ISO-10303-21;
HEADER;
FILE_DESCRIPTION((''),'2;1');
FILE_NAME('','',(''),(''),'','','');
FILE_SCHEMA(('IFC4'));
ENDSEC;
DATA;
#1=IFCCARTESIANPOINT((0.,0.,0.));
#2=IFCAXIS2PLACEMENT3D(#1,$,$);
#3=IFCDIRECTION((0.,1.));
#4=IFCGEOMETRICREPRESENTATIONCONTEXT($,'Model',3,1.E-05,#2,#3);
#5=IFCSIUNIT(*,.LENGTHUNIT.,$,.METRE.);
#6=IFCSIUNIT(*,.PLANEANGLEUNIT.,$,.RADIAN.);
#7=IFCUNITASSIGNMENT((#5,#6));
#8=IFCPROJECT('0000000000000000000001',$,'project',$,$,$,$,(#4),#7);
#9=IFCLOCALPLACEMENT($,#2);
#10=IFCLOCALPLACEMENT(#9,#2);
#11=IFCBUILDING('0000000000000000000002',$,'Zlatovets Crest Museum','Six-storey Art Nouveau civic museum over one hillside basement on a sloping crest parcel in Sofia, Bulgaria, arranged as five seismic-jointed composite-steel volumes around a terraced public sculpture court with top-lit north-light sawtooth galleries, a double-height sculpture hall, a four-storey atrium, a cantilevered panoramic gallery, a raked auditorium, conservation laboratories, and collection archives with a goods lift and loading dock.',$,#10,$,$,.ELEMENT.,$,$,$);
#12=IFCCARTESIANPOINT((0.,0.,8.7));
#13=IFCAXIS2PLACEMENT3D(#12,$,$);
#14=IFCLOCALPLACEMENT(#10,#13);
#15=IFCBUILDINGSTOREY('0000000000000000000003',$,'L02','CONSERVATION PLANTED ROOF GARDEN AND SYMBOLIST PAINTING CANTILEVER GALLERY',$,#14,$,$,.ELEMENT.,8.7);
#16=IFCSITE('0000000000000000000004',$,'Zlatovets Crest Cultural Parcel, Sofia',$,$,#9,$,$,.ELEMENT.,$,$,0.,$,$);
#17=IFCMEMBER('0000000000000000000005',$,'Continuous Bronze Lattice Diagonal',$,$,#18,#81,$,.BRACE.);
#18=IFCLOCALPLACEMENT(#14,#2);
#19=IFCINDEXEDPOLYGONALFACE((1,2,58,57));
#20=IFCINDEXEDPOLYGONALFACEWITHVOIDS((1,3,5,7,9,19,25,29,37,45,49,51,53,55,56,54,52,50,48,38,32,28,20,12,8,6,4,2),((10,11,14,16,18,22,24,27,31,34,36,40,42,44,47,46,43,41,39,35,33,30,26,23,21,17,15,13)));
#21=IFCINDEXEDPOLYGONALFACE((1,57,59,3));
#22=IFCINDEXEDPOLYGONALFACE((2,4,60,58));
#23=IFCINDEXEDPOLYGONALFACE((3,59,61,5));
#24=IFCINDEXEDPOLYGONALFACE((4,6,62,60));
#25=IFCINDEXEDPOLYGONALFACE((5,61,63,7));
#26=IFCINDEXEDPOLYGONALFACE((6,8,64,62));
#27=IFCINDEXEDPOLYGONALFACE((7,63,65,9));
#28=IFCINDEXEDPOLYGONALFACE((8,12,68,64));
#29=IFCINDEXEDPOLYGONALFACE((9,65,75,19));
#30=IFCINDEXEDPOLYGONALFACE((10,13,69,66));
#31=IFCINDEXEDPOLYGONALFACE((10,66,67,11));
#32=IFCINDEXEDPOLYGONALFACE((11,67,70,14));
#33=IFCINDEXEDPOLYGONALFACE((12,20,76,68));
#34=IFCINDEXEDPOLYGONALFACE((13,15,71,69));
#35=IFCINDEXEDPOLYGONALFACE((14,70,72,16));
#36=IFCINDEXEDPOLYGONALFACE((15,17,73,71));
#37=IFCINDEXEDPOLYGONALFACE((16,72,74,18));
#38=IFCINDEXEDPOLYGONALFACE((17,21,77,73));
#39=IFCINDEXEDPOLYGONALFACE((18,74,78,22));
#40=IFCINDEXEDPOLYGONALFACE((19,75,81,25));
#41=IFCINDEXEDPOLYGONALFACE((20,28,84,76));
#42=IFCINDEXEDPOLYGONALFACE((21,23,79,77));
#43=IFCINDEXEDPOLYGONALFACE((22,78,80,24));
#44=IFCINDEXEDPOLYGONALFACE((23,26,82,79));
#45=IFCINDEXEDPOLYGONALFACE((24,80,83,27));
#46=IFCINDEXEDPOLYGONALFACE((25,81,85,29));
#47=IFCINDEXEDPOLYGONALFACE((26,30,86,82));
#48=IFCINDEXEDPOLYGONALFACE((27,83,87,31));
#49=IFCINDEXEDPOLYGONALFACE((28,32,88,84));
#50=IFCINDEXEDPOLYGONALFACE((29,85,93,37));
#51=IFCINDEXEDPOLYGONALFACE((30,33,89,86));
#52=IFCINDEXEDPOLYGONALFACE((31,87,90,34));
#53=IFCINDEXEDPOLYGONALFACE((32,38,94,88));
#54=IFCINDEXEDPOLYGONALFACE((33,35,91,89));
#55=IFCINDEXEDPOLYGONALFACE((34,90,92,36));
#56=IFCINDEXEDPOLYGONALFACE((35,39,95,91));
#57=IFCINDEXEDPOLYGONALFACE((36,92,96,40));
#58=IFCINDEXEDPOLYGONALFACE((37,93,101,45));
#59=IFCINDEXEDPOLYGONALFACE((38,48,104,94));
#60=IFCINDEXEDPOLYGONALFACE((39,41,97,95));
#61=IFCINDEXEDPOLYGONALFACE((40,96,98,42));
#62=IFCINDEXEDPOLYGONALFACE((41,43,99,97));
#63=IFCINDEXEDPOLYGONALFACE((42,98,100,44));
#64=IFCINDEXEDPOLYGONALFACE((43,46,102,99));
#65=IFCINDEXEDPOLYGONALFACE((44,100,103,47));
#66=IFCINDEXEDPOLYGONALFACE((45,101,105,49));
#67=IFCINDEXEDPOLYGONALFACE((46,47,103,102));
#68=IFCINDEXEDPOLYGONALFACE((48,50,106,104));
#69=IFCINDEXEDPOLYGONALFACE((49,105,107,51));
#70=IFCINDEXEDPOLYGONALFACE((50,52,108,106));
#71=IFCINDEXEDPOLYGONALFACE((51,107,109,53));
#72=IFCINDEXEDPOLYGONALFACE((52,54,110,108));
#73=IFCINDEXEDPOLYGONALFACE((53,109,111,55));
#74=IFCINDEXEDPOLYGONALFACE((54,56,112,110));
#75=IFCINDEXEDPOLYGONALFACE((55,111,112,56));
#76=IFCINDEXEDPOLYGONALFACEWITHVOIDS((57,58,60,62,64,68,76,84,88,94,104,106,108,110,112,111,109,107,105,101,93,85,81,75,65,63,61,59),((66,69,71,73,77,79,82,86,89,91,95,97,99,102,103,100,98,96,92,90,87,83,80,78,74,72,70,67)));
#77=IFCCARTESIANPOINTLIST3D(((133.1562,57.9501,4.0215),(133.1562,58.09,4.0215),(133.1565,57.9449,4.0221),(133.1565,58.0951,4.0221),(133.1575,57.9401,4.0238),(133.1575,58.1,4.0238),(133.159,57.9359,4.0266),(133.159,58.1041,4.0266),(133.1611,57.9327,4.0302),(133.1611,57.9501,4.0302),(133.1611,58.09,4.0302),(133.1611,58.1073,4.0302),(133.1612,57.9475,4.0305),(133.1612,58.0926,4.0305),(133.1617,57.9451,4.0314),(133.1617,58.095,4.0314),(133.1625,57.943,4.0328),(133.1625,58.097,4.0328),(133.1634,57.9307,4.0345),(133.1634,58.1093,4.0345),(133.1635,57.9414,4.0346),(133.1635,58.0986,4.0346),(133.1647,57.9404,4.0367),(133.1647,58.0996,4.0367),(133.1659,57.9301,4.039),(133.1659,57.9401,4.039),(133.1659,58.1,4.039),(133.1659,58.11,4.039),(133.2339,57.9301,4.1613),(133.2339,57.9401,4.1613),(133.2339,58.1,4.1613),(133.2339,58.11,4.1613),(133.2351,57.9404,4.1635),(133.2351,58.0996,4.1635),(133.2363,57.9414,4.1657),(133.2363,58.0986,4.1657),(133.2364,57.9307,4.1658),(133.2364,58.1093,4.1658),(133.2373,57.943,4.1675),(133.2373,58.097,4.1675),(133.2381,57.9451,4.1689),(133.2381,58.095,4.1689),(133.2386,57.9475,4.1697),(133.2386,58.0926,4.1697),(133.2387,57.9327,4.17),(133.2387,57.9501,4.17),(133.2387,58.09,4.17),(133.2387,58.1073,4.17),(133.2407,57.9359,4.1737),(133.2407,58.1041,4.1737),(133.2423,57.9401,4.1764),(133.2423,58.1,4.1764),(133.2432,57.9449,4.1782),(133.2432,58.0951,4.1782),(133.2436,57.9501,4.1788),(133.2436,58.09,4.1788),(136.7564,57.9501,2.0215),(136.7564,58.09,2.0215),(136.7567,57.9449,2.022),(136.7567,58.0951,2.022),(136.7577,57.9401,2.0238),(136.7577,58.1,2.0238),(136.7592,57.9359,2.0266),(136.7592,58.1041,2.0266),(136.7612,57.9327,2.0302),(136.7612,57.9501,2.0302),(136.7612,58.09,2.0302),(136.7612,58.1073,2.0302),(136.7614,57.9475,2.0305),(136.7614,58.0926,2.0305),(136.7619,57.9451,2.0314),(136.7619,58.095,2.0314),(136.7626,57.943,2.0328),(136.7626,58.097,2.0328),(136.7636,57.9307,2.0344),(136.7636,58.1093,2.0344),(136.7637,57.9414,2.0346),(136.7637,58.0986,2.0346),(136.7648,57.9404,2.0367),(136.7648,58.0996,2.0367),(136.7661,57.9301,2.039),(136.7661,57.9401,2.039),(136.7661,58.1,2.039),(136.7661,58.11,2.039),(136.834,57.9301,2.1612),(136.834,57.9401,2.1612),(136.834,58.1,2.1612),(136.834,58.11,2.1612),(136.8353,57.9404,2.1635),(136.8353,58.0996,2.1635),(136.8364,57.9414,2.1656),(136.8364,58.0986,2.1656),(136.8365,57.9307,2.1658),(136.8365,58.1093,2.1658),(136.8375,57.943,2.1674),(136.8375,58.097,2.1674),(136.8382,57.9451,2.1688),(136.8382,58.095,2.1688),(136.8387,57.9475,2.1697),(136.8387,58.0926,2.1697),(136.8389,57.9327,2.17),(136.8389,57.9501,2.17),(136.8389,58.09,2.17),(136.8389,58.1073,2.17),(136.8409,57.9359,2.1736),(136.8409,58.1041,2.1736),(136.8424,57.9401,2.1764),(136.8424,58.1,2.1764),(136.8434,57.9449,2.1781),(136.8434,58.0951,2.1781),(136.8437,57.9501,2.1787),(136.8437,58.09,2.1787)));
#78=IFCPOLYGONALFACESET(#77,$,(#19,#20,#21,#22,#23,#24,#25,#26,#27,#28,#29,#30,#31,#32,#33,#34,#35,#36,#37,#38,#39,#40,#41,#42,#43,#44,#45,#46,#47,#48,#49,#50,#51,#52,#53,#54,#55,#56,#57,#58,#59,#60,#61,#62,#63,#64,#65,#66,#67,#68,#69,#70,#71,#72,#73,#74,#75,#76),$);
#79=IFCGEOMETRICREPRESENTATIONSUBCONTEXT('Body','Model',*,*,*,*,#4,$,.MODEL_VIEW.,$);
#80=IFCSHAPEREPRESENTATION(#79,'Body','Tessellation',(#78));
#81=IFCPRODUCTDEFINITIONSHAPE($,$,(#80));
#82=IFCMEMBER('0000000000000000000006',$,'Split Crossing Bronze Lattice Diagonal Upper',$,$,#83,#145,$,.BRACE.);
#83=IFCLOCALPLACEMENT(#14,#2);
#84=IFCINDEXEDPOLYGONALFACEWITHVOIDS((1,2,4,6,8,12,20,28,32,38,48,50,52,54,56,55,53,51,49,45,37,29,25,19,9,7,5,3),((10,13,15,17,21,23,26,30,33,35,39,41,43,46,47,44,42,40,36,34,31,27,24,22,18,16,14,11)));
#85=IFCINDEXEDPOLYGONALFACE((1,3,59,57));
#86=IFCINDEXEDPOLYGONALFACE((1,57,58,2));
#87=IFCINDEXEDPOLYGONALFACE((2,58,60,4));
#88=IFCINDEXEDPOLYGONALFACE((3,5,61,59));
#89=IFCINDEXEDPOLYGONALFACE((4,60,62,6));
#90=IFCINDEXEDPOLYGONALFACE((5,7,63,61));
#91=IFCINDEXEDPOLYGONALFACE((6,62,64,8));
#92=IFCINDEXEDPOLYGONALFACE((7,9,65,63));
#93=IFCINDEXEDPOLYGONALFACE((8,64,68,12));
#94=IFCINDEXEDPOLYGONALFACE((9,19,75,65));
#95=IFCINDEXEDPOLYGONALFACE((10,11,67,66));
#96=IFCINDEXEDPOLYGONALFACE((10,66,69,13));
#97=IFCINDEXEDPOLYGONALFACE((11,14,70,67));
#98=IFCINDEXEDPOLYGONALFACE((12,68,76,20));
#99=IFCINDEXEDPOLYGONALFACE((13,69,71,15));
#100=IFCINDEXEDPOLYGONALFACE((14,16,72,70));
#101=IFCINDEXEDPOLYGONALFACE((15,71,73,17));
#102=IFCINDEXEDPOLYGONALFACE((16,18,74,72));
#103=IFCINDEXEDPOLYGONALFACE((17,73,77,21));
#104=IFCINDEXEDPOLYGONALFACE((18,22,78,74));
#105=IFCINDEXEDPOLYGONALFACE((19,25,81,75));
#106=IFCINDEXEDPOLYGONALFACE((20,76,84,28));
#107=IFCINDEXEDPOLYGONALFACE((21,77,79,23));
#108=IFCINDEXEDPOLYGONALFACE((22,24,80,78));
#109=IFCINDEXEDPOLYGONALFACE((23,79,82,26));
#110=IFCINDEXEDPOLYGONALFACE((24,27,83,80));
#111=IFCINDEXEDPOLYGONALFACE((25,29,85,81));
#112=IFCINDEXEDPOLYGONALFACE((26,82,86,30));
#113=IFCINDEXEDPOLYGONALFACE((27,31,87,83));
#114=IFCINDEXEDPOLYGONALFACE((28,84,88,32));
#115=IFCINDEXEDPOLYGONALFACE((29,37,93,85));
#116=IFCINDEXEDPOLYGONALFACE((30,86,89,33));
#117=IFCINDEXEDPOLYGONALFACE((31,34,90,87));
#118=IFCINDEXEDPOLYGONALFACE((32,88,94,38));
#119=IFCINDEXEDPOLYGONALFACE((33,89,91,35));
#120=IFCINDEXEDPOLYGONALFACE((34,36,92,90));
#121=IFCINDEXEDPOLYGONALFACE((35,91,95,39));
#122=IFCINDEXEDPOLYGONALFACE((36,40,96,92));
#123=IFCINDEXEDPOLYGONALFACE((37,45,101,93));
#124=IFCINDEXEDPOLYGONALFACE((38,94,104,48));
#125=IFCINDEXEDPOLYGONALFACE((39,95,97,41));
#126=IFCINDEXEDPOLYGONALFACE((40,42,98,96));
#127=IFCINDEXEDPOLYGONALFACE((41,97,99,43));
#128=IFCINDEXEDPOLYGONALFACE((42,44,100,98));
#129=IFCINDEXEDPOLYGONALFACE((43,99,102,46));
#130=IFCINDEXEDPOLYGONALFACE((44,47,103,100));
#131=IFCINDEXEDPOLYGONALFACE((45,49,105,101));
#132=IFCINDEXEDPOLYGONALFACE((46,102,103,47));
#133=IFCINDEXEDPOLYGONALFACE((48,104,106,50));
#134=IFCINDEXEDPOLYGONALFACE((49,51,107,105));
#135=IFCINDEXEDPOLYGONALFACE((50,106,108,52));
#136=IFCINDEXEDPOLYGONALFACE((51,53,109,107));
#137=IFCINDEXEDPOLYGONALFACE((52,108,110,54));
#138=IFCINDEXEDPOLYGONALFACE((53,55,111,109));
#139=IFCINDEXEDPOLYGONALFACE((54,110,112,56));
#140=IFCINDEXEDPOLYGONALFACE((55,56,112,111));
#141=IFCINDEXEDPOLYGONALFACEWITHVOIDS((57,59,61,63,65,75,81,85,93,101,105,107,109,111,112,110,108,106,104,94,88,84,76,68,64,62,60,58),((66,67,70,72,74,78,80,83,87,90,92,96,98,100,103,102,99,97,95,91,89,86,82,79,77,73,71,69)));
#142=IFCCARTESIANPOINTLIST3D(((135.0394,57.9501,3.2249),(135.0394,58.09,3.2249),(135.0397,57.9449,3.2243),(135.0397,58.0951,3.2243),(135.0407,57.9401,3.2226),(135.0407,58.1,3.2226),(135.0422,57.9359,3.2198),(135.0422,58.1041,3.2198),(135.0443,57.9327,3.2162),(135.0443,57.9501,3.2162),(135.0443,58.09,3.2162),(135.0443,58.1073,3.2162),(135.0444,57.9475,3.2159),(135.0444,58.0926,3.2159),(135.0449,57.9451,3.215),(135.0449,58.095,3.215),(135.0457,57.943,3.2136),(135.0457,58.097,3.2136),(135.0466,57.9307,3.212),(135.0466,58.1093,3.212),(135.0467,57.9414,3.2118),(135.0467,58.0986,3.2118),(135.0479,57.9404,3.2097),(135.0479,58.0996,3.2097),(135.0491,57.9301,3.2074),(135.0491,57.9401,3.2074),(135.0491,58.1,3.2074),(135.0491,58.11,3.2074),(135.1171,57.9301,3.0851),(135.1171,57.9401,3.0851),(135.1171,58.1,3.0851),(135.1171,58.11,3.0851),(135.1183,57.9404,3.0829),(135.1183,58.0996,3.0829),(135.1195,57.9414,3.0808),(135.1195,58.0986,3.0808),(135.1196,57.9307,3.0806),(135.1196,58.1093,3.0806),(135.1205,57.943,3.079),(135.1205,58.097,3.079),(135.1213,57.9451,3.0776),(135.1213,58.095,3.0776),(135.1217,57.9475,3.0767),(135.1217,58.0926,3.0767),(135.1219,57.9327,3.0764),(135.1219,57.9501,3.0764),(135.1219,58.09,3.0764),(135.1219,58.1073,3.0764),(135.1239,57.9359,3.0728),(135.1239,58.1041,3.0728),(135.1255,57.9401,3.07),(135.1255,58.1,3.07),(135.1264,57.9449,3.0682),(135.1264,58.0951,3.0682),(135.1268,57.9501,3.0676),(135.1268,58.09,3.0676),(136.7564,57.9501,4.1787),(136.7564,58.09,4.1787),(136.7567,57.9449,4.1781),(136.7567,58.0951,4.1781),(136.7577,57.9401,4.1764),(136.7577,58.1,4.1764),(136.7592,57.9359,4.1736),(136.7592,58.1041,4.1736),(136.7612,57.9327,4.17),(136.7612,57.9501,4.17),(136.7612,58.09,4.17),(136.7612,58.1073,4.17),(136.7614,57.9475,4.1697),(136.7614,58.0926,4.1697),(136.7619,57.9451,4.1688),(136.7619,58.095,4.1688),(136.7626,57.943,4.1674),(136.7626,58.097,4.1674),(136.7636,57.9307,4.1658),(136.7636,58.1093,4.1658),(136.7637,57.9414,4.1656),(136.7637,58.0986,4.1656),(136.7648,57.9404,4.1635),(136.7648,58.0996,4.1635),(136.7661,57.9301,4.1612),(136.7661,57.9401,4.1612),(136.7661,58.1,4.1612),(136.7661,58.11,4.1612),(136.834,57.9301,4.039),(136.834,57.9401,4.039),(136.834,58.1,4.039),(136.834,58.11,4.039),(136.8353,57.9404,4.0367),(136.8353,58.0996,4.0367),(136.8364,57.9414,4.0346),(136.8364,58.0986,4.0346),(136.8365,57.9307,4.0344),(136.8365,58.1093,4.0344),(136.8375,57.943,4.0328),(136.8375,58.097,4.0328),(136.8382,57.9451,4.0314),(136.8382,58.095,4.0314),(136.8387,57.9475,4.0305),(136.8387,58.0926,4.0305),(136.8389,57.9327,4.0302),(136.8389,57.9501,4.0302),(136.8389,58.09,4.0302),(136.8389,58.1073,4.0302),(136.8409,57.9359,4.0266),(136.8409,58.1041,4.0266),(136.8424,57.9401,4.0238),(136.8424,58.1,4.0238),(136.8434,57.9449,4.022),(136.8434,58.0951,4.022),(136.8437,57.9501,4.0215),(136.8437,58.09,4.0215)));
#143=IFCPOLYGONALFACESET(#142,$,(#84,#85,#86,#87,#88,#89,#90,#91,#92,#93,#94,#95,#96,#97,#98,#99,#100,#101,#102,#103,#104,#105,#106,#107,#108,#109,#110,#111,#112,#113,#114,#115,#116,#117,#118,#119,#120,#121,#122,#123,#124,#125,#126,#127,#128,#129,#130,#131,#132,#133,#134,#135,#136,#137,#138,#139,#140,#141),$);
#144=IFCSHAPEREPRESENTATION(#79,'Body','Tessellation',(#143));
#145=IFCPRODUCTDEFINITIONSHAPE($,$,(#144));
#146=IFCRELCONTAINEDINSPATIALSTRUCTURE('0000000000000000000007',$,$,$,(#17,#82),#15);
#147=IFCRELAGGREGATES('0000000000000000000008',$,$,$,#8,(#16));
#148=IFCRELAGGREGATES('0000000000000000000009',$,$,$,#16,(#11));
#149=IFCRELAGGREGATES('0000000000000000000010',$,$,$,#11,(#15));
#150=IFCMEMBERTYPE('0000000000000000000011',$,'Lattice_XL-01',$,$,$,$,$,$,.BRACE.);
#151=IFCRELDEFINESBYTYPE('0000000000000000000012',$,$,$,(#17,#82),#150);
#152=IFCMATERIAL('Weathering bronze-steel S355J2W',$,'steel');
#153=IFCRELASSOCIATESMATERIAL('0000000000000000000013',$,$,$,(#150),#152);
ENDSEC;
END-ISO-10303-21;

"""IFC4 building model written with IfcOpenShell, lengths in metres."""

from ifc_helpers import new_model, si_unit, direction, frame, origin, origin_2d, place, context, subcontext, project, spatial, hollow_rectangle, extrude, material, material_profile, profile_set, type_object, element, save


model = new_model("IFC4")

# Units and contexts
model_context = context("Model", 3, precision=1e-05, world=origin(), true_north=direction((0.0, 1.0)))
body_context = subcontext(model_context, "Body", "Model", "MODEL_VIEW")
ifc_project = project(units=[si_unit("LENGTHUNIT", "METRE"), si_unit("PLANEANGLEUNIT", "RADIAN")], contexts=[model_context])

# Site, building, storey
site_placement = place(None, origin())
site = spatial("IfcSite", under=ifc_project, at=site_placement, Name="Zlatovets Crest Cultural Parcel, Sofia", CompositionType="ELEMENT", RefElevation=0.0)
building_placement = place(site_placement, origin())
building = spatial("IfcBuilding", under=site, at=building_placement, Name="Zlatovets Crest Museum", Description="Six-storey Art Nouveau civic museum over one hillside basement on a sloping crest parcel in Sofia, Bulgaria, arranged as five seismic-jointed composite-steel volumes around a terraced public sculpture court with top-lit north-light sawtooth galleries, a double-height sculpture hall, a four-storey atrium, a cantilevered panoramic gallery, a raked auditorium, conservation laboratories, and collection archives with a goods lift and loading dock.", CompositionType="ELEMENT")
storey_placement = place(building_placement, frame((0.0, 0.0, 8.7)))
storey = spatial("IfcBuildingStorey", under=building, at=storey_placement, Name="L02", Description="CONSERVATION PLANTED ROOF GARDEN AND SYMBOLIST PAINTING CANTILEVER GALLERY", CompositionType="ELEMENT", Elevation=8.7)

# Members
ifc_material_1 = material(Name="Weathering bronze-steel S355J2W", Category="steel")
ifc_material_profile_1 = material_profile(ifc_material_1, hollow_rectangle(XDim=0.1799, YDim=0.1799, WallThickness=0.01, InnerFilletRadius=0.01, OuterFilletRadius=0.02, at=origin_2d()), Name="SHS 180x180x10.0")
ifc_profile_set_1 = profile_set([ifc_material_profile_1], Name="Weathering bronze-steel S355J2W")
member_type_1 = type_object("IfcMemberType", Name="Lattice_XL-01", PredefinedType="BRACE", material=ifc_profile_set_1)
member_1_placement = place(storey_placement, frame((136.8, 58.02, 2.1001), z_axis=(-0.874163, 0.0, 0.485633), x_axis=(0.0, -1.0, 0.0)))
element("IfcMember", 1, at=member_1_placement, inside=storey, type_object=member_type_1, Name="Continuous Bronze Lattice Diagonal", PredefinedType="BRACE", context=body_context, shape_type="SweptSolid", body=[
    extrude(hollow_rectangle(XDim=0.1799, YDim=0.1799, WallThickness=0.01, InnerFilletRadius=0.01, OuterFilletRadius=0.02, at=origin_2d()), origin(), (0.0, 0.0, 1.0), 4.1184),
])
for number, where, z_axis, x_axis, name in (
    (2, (136.8, 58.02, 4.1001), (-0.874169, 0.0, -0.485622), (0.0, -1.0, 0.0), "Split Crossing Bronze Lattice Diagonal Upper"),
):
    element("IfcMember", number, at=place(storey_placement, frame(where, z_axis=z_axis, x_axis=x_axis)), inside=storey, type_object=member_type_1, Name=name, PredefinedType="BRACE", context=body_context, shape_type="SweptSolid", body=[
        extrude(hollow_rectangle(XDim=0.1799, YDim=0.1799, WallThickness=0.01, InnerFilletRadius=0.01, OuterFilletRadius=0.02, at=origin_2d()), origin(), (0.0, 0.0, 1.0), 1.9641),
    ])

save(model, "model.ifc")
